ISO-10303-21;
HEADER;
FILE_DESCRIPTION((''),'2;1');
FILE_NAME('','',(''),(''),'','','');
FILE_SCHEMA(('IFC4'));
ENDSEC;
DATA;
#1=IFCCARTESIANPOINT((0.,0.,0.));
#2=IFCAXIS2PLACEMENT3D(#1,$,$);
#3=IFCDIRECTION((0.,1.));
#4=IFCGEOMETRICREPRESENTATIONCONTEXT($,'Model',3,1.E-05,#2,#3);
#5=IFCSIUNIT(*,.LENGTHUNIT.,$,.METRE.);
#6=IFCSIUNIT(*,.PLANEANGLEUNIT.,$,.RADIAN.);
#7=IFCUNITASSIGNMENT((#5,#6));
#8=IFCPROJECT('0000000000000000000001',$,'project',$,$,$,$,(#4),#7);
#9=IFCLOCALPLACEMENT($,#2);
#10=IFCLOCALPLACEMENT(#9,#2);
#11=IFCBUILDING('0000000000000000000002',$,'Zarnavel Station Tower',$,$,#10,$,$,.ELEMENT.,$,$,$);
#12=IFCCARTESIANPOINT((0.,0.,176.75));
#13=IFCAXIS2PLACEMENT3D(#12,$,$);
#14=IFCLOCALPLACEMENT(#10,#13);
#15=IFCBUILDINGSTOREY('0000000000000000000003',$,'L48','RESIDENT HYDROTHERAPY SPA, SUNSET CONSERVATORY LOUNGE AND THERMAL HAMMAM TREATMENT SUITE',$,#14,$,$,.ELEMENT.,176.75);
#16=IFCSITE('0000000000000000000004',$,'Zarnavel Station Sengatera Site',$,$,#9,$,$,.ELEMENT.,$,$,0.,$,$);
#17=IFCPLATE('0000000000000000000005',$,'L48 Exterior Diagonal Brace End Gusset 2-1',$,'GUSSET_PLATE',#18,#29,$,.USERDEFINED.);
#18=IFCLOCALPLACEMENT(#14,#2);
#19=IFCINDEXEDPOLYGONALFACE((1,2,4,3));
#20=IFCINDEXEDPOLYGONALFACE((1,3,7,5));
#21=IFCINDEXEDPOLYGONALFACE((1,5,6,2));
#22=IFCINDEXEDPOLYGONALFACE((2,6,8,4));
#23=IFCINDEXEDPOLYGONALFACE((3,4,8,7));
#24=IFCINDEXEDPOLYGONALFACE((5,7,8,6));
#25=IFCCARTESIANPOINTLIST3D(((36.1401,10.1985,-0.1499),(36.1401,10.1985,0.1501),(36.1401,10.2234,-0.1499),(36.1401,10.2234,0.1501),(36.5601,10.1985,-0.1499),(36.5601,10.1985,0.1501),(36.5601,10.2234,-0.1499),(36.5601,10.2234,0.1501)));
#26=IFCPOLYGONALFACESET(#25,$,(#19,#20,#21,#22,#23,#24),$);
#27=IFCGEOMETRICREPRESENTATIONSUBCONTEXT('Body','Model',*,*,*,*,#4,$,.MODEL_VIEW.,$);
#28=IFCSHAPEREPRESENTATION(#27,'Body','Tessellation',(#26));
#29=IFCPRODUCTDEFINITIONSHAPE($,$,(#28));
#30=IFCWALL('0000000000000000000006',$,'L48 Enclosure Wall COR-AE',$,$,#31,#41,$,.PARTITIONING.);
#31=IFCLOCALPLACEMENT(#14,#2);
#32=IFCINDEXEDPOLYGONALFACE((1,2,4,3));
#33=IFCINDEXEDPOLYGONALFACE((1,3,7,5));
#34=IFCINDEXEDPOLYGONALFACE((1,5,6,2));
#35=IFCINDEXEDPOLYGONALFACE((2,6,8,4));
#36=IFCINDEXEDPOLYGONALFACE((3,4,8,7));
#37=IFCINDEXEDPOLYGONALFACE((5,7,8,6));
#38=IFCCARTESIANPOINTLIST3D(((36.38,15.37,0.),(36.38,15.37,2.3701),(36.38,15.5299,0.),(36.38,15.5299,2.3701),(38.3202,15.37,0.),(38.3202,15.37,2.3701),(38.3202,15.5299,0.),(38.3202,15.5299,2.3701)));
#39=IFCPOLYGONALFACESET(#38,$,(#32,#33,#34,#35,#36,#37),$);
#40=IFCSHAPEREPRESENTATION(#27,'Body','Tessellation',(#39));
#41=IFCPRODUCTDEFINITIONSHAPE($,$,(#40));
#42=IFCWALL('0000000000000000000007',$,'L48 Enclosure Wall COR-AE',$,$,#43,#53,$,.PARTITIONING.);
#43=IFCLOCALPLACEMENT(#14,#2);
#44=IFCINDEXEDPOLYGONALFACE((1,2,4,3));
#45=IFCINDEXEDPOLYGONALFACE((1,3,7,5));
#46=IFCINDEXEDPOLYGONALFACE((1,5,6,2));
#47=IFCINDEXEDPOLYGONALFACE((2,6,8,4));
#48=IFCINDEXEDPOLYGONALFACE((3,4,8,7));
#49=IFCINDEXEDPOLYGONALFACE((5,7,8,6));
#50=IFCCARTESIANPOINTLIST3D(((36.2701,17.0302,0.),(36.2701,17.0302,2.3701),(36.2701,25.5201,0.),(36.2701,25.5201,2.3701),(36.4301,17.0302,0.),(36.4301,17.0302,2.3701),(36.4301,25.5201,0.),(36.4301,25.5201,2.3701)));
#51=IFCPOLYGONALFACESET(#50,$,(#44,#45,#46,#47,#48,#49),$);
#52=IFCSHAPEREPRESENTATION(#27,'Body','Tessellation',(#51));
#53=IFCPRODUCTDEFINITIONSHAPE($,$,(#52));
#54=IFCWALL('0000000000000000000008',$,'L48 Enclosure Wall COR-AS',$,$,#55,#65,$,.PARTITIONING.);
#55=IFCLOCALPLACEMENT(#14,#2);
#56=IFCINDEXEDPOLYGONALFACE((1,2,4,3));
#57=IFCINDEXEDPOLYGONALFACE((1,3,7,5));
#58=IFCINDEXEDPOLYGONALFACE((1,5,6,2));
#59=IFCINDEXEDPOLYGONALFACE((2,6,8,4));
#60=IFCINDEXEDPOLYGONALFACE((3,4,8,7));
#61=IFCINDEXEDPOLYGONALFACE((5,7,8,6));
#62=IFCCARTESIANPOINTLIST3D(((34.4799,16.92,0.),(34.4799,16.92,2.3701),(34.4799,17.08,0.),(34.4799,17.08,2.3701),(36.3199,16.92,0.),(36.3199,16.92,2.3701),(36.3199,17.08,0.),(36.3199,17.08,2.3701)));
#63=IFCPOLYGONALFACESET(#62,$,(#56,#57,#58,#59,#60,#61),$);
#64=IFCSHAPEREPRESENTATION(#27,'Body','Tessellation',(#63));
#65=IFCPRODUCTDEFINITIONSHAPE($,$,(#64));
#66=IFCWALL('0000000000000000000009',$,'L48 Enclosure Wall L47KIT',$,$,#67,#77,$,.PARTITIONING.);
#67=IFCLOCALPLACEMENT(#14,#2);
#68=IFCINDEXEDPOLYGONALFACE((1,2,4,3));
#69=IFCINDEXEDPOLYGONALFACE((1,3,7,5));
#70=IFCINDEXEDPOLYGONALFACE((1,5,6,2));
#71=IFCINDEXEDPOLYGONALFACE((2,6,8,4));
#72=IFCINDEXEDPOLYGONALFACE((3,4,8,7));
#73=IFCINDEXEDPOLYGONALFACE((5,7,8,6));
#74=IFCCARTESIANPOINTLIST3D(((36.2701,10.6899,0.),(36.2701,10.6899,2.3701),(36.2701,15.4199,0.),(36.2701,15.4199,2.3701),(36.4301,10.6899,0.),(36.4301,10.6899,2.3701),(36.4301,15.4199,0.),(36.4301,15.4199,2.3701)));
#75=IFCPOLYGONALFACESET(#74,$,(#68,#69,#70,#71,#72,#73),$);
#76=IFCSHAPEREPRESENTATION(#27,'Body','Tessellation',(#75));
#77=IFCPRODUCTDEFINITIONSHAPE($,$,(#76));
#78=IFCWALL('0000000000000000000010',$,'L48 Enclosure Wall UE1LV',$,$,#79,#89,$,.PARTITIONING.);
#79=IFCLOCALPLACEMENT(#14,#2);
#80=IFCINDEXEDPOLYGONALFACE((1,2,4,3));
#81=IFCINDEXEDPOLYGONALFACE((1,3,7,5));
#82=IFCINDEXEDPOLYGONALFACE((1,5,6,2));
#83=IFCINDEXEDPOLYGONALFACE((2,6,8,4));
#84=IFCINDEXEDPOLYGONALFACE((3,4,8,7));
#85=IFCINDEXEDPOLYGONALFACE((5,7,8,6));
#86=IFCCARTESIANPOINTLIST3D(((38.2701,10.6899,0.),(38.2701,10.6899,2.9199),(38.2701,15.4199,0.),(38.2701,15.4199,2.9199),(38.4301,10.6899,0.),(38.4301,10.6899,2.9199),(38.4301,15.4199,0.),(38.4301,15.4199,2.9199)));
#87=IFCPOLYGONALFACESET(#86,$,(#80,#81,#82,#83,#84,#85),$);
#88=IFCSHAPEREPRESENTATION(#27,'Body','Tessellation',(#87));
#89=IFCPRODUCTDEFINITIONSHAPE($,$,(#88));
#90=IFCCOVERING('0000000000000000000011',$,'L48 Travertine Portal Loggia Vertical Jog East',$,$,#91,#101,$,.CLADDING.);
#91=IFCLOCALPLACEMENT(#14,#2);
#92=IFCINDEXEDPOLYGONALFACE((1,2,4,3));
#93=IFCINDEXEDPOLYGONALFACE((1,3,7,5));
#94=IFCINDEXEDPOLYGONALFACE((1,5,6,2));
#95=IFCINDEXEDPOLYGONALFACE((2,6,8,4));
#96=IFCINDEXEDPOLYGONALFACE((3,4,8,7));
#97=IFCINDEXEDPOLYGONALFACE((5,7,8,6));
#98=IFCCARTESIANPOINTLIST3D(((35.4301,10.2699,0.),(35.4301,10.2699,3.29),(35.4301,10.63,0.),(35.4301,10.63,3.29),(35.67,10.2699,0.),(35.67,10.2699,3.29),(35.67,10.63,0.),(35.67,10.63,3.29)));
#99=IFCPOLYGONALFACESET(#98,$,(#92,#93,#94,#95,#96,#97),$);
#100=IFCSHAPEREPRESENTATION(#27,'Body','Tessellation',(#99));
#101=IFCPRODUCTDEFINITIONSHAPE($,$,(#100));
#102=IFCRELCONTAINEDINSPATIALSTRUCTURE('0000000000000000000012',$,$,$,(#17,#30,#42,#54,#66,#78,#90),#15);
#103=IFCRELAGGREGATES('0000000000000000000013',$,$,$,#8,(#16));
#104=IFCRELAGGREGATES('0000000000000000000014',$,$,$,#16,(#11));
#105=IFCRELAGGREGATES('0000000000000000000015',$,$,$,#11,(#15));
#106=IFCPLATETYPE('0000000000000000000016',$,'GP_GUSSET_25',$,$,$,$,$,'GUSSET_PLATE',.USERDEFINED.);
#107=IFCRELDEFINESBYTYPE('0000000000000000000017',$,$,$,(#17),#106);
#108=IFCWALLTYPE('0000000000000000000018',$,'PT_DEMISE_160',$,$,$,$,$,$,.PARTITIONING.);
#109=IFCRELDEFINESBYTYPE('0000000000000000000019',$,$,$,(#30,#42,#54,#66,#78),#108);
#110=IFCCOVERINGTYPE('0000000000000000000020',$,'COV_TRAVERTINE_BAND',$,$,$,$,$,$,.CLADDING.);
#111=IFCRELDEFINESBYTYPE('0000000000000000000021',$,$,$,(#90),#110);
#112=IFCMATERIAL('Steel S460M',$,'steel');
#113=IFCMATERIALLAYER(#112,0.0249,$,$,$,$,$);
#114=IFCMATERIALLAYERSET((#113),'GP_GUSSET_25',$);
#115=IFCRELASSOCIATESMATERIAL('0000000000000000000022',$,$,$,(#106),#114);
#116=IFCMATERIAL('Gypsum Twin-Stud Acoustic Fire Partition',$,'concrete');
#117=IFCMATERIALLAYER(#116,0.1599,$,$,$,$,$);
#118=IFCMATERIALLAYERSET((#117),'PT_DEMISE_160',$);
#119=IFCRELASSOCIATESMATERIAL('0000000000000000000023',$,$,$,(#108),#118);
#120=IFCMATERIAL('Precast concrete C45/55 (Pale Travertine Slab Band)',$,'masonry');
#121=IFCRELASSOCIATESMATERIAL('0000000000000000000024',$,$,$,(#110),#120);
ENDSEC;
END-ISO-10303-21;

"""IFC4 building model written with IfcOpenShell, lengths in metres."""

from ifc_helpers import new_model, si_unit, direction, frame, frame_2d, origin, origin_2d, place, context, subcontext, project, spatial, rectangle, extrude, material, layer, layer_set, type_object, element, save


model = new_model("IFC4")

# Units and contexts
model_context = context("Model", 3, precision=1e-05, world=origin(), true_north=direction((0.0, 1.0)))
body_context = subcontext(model_context, "Body", "Model", "MODEL_VIEW")
ifc_project = project(units=[si_unit("LENGTHUNIT", "METRE"), si_unit("PLANEANGLEUNIT", "RADIAN")], contexts=[model_context])

# Site, building, storey
site_placement = place(None, origin())
site = spatial("IfcSite", under=ifc_project, at=site_placement, Name="Zarnavel Station Sengatera Site", CompositionType="ELEMENT", RefElevation=0.0)
building_placement = place(site_placement, origin())
building = spatial("IfcBuilding", under=site, at=building_placement, Name="Zarnavel Station Tower", CompositionType="ELEMENT")
storey_placement = place(building_placement, frame((0.0, 0.0, 176.75)))
storey = spatial("IfcBuildingStorey", under=building, at=storey_placement, Name="L48", Description="RESIDENT HYDROTHERAPY SPA, SUNSET CONSERVATORY LOUNGE AND THERMAL HAMMAM TREATMENT SUITE", CompositionType="ELEMENT", Elevation=176.75)

# Plate
ifc_material_1 = material(Name="Steel S460M", Category="steel")
ifc_layer_1 = layer(ifc_material_1, 0.0249)
ifc_layer_set_1 = layer_set([ifc_layer_1], Name="GP_GUSSET_25")
plate_type_1 = type_object("IfcPlateType", Name="GP_GUSSET_25", ElementType="GUSSET_PLATE", PredefinedType="USERDEFINED", material=ifc_layer_set_1)
plate_1_placement = place(storey_placement, frame((36.3501, 10.2109, -0.1499), z_axis=(0.0, 0.0, 1.0), x_axis=(1.0, 0.0, 0.0)))
element("IfcPlate", 1, at=plate_1_placement, inside=storey, type_object=plate_type_1, Name="L48 Exterior Diagonal Brace End Gusset 2-1", ObjectType="GUSSET_PLATE", PredefinedType="USERDEFINED", context=body_context, shape_type="SweptSolid", body=[
    extrude(rectangle(XDim=0.4199, YDim=0.0249, at=origin_2d()), origin(), (0.0, 0.0, 1.0), 0.3),
])

# Walls
ifc_material_2 = material(Name="Gypsum Twin-Stud Acoustic Fire Partition", Category="concrete")
ifc_layer_2 = layer(ifc_material_2, 0.1599)
ifc_layer_set_2 = layer_set([ifc_layer_2], Name="PT_DEMISE_160")
wall_type = type_object("IfcWallType", Name="PT_DEMISE_160", PredefinedType="PARTITIONING", material=ifc_layer_set_2)
wall_1_placement = place(storey_placement, frame((36.3799, 15.45, 0.0), z_axis=(0.0, 0.0, 1.0), x_axis=(1.0, 0.0, 0.0)))
element("IfcWall", 2, at=wall_1_placement, inside=storey, type_object=wall_type, Name="L48 Enclosure Wall COR-AE", PredefinedType="PARTITIONING", context=body_context, shape_type="SweptSolid", body=[
    extrude(rectangle(XDim=1.9402, YDim=0.1599, at=frame_2d((0.9702, 0.0))), origin(), (0.0, 0.0, 1.0), 2.3701),
])
wall_2_placement = place(storey_placement, frame((36.3501, 17.03, 0.0), z_axis=(0.0, 0.0, 1.0), x_axis=(0.0, 1.0, 0.0)))
element("IfcWall", 3, at=wall_2_placement, inside=storey, type_object=wall_type, Name="L48 Enclosure Wall COR-AE", PredefinedType="PARTITIONING", context=body_context, shape_type="SweptSolid", body=[
    extrude(rectangle(XDim=8.49, YDim=0.1599, at=frame_2d((4.2451, 0.0))), origin(), (0.0, 0.0, 1.0), 2.3701),
])
wall_3_placement = place(storey_placement, frame((34.48, 17.0, 0.0), z_axis=(0.0, 0.0, 1.0), x_axis=(1.0, 0.0, 0.0)))
element("IfcWall", 4, at=wall_3_placement, inside=storey, type_object=wall_type, Name="L48 Enclosure Wall COR-AS", PredefinedType="PARTITIONING", context=body_context, shape_type="SweptSolid", body=[
    extrude(rectangle(XDim=1.8401, YDim=0.1599, at=frame_2d((0.9199, 0.0))), origin(), (0.0, 0.0, 1.0), 2.3701),
])
wall_4_placement = place(storey_placement, frame((36.3501, 10.6899, 0.0), z_axis=(0.0, 0.0, 1.0), x_axis=(0.0, 1.0, 0.0)))
element("IfcWall", 5, at=wall_4_placement, inside=storey, type_object=wall_type, Name="L48 Enclosure Wall L47KIT", PredefinedType="PARTITIONING", context=body_context, shape_type="SweptSolid", body=[
    extrude(rectangle(XDim=4.73, YDim=0.1599, at=frame_2d((2.365, 0.0))), origin(), (0.0, 0.0, 1.0), 2.3701),
])
wall_5_placement = place(storey_placement, frame((38.3501, 10.6899, 0.0), z_axis=(0.0, 0.0, 1.0), x_axis=(0.0, 1.0, 0.0)))
element("IfcWall", 6, at=wall_5_placement, inside=storey, type_object=wall_type, Name="L48 Enclosure Wall UE1LV", PredefinedType="PARTITIONING", context=body_context, shape_type="SweptSolid", body=[
    extrude(rectangle(XDim=4.73, YDim=0.1599, at=frame_2d((2.365, 0.0))), origin(), (0.0, 0.0, 1.0), 2.9199),
])

# Covering
ifc_material_3 = material(Name="Precast concrete C45/55 (Pale Travertine Slab Band)", Category="masonry")
covering_type = type_object("IfcCoveringType", Name="COV_TRAVERTINE_BAND", PredefinedType="CLADDING", material=ifc_material_3)
covering_placement = place(storey_placement, frame((35.55, 10.45, 0.0), z_axis=(0.0, 0.0, 1.0), x_axis=(1.0, 0.0, 0.0)))
element("IfcCovering", 7, at=covering_placement, inside=storey, type_object=covering_type, Name="L48 Travertine Portal Loggia Vertical Jog East", PredefinedType="CLADDING", context=body_context, shape_type="SweptSolid", body=[
    extrude(rectangle(XDim=0.24, YDim=0.3601, at=origin_2d()), origin(), (0.0, 0.0, 1.0), 3.29),
])

save(model, "model.ifc")
